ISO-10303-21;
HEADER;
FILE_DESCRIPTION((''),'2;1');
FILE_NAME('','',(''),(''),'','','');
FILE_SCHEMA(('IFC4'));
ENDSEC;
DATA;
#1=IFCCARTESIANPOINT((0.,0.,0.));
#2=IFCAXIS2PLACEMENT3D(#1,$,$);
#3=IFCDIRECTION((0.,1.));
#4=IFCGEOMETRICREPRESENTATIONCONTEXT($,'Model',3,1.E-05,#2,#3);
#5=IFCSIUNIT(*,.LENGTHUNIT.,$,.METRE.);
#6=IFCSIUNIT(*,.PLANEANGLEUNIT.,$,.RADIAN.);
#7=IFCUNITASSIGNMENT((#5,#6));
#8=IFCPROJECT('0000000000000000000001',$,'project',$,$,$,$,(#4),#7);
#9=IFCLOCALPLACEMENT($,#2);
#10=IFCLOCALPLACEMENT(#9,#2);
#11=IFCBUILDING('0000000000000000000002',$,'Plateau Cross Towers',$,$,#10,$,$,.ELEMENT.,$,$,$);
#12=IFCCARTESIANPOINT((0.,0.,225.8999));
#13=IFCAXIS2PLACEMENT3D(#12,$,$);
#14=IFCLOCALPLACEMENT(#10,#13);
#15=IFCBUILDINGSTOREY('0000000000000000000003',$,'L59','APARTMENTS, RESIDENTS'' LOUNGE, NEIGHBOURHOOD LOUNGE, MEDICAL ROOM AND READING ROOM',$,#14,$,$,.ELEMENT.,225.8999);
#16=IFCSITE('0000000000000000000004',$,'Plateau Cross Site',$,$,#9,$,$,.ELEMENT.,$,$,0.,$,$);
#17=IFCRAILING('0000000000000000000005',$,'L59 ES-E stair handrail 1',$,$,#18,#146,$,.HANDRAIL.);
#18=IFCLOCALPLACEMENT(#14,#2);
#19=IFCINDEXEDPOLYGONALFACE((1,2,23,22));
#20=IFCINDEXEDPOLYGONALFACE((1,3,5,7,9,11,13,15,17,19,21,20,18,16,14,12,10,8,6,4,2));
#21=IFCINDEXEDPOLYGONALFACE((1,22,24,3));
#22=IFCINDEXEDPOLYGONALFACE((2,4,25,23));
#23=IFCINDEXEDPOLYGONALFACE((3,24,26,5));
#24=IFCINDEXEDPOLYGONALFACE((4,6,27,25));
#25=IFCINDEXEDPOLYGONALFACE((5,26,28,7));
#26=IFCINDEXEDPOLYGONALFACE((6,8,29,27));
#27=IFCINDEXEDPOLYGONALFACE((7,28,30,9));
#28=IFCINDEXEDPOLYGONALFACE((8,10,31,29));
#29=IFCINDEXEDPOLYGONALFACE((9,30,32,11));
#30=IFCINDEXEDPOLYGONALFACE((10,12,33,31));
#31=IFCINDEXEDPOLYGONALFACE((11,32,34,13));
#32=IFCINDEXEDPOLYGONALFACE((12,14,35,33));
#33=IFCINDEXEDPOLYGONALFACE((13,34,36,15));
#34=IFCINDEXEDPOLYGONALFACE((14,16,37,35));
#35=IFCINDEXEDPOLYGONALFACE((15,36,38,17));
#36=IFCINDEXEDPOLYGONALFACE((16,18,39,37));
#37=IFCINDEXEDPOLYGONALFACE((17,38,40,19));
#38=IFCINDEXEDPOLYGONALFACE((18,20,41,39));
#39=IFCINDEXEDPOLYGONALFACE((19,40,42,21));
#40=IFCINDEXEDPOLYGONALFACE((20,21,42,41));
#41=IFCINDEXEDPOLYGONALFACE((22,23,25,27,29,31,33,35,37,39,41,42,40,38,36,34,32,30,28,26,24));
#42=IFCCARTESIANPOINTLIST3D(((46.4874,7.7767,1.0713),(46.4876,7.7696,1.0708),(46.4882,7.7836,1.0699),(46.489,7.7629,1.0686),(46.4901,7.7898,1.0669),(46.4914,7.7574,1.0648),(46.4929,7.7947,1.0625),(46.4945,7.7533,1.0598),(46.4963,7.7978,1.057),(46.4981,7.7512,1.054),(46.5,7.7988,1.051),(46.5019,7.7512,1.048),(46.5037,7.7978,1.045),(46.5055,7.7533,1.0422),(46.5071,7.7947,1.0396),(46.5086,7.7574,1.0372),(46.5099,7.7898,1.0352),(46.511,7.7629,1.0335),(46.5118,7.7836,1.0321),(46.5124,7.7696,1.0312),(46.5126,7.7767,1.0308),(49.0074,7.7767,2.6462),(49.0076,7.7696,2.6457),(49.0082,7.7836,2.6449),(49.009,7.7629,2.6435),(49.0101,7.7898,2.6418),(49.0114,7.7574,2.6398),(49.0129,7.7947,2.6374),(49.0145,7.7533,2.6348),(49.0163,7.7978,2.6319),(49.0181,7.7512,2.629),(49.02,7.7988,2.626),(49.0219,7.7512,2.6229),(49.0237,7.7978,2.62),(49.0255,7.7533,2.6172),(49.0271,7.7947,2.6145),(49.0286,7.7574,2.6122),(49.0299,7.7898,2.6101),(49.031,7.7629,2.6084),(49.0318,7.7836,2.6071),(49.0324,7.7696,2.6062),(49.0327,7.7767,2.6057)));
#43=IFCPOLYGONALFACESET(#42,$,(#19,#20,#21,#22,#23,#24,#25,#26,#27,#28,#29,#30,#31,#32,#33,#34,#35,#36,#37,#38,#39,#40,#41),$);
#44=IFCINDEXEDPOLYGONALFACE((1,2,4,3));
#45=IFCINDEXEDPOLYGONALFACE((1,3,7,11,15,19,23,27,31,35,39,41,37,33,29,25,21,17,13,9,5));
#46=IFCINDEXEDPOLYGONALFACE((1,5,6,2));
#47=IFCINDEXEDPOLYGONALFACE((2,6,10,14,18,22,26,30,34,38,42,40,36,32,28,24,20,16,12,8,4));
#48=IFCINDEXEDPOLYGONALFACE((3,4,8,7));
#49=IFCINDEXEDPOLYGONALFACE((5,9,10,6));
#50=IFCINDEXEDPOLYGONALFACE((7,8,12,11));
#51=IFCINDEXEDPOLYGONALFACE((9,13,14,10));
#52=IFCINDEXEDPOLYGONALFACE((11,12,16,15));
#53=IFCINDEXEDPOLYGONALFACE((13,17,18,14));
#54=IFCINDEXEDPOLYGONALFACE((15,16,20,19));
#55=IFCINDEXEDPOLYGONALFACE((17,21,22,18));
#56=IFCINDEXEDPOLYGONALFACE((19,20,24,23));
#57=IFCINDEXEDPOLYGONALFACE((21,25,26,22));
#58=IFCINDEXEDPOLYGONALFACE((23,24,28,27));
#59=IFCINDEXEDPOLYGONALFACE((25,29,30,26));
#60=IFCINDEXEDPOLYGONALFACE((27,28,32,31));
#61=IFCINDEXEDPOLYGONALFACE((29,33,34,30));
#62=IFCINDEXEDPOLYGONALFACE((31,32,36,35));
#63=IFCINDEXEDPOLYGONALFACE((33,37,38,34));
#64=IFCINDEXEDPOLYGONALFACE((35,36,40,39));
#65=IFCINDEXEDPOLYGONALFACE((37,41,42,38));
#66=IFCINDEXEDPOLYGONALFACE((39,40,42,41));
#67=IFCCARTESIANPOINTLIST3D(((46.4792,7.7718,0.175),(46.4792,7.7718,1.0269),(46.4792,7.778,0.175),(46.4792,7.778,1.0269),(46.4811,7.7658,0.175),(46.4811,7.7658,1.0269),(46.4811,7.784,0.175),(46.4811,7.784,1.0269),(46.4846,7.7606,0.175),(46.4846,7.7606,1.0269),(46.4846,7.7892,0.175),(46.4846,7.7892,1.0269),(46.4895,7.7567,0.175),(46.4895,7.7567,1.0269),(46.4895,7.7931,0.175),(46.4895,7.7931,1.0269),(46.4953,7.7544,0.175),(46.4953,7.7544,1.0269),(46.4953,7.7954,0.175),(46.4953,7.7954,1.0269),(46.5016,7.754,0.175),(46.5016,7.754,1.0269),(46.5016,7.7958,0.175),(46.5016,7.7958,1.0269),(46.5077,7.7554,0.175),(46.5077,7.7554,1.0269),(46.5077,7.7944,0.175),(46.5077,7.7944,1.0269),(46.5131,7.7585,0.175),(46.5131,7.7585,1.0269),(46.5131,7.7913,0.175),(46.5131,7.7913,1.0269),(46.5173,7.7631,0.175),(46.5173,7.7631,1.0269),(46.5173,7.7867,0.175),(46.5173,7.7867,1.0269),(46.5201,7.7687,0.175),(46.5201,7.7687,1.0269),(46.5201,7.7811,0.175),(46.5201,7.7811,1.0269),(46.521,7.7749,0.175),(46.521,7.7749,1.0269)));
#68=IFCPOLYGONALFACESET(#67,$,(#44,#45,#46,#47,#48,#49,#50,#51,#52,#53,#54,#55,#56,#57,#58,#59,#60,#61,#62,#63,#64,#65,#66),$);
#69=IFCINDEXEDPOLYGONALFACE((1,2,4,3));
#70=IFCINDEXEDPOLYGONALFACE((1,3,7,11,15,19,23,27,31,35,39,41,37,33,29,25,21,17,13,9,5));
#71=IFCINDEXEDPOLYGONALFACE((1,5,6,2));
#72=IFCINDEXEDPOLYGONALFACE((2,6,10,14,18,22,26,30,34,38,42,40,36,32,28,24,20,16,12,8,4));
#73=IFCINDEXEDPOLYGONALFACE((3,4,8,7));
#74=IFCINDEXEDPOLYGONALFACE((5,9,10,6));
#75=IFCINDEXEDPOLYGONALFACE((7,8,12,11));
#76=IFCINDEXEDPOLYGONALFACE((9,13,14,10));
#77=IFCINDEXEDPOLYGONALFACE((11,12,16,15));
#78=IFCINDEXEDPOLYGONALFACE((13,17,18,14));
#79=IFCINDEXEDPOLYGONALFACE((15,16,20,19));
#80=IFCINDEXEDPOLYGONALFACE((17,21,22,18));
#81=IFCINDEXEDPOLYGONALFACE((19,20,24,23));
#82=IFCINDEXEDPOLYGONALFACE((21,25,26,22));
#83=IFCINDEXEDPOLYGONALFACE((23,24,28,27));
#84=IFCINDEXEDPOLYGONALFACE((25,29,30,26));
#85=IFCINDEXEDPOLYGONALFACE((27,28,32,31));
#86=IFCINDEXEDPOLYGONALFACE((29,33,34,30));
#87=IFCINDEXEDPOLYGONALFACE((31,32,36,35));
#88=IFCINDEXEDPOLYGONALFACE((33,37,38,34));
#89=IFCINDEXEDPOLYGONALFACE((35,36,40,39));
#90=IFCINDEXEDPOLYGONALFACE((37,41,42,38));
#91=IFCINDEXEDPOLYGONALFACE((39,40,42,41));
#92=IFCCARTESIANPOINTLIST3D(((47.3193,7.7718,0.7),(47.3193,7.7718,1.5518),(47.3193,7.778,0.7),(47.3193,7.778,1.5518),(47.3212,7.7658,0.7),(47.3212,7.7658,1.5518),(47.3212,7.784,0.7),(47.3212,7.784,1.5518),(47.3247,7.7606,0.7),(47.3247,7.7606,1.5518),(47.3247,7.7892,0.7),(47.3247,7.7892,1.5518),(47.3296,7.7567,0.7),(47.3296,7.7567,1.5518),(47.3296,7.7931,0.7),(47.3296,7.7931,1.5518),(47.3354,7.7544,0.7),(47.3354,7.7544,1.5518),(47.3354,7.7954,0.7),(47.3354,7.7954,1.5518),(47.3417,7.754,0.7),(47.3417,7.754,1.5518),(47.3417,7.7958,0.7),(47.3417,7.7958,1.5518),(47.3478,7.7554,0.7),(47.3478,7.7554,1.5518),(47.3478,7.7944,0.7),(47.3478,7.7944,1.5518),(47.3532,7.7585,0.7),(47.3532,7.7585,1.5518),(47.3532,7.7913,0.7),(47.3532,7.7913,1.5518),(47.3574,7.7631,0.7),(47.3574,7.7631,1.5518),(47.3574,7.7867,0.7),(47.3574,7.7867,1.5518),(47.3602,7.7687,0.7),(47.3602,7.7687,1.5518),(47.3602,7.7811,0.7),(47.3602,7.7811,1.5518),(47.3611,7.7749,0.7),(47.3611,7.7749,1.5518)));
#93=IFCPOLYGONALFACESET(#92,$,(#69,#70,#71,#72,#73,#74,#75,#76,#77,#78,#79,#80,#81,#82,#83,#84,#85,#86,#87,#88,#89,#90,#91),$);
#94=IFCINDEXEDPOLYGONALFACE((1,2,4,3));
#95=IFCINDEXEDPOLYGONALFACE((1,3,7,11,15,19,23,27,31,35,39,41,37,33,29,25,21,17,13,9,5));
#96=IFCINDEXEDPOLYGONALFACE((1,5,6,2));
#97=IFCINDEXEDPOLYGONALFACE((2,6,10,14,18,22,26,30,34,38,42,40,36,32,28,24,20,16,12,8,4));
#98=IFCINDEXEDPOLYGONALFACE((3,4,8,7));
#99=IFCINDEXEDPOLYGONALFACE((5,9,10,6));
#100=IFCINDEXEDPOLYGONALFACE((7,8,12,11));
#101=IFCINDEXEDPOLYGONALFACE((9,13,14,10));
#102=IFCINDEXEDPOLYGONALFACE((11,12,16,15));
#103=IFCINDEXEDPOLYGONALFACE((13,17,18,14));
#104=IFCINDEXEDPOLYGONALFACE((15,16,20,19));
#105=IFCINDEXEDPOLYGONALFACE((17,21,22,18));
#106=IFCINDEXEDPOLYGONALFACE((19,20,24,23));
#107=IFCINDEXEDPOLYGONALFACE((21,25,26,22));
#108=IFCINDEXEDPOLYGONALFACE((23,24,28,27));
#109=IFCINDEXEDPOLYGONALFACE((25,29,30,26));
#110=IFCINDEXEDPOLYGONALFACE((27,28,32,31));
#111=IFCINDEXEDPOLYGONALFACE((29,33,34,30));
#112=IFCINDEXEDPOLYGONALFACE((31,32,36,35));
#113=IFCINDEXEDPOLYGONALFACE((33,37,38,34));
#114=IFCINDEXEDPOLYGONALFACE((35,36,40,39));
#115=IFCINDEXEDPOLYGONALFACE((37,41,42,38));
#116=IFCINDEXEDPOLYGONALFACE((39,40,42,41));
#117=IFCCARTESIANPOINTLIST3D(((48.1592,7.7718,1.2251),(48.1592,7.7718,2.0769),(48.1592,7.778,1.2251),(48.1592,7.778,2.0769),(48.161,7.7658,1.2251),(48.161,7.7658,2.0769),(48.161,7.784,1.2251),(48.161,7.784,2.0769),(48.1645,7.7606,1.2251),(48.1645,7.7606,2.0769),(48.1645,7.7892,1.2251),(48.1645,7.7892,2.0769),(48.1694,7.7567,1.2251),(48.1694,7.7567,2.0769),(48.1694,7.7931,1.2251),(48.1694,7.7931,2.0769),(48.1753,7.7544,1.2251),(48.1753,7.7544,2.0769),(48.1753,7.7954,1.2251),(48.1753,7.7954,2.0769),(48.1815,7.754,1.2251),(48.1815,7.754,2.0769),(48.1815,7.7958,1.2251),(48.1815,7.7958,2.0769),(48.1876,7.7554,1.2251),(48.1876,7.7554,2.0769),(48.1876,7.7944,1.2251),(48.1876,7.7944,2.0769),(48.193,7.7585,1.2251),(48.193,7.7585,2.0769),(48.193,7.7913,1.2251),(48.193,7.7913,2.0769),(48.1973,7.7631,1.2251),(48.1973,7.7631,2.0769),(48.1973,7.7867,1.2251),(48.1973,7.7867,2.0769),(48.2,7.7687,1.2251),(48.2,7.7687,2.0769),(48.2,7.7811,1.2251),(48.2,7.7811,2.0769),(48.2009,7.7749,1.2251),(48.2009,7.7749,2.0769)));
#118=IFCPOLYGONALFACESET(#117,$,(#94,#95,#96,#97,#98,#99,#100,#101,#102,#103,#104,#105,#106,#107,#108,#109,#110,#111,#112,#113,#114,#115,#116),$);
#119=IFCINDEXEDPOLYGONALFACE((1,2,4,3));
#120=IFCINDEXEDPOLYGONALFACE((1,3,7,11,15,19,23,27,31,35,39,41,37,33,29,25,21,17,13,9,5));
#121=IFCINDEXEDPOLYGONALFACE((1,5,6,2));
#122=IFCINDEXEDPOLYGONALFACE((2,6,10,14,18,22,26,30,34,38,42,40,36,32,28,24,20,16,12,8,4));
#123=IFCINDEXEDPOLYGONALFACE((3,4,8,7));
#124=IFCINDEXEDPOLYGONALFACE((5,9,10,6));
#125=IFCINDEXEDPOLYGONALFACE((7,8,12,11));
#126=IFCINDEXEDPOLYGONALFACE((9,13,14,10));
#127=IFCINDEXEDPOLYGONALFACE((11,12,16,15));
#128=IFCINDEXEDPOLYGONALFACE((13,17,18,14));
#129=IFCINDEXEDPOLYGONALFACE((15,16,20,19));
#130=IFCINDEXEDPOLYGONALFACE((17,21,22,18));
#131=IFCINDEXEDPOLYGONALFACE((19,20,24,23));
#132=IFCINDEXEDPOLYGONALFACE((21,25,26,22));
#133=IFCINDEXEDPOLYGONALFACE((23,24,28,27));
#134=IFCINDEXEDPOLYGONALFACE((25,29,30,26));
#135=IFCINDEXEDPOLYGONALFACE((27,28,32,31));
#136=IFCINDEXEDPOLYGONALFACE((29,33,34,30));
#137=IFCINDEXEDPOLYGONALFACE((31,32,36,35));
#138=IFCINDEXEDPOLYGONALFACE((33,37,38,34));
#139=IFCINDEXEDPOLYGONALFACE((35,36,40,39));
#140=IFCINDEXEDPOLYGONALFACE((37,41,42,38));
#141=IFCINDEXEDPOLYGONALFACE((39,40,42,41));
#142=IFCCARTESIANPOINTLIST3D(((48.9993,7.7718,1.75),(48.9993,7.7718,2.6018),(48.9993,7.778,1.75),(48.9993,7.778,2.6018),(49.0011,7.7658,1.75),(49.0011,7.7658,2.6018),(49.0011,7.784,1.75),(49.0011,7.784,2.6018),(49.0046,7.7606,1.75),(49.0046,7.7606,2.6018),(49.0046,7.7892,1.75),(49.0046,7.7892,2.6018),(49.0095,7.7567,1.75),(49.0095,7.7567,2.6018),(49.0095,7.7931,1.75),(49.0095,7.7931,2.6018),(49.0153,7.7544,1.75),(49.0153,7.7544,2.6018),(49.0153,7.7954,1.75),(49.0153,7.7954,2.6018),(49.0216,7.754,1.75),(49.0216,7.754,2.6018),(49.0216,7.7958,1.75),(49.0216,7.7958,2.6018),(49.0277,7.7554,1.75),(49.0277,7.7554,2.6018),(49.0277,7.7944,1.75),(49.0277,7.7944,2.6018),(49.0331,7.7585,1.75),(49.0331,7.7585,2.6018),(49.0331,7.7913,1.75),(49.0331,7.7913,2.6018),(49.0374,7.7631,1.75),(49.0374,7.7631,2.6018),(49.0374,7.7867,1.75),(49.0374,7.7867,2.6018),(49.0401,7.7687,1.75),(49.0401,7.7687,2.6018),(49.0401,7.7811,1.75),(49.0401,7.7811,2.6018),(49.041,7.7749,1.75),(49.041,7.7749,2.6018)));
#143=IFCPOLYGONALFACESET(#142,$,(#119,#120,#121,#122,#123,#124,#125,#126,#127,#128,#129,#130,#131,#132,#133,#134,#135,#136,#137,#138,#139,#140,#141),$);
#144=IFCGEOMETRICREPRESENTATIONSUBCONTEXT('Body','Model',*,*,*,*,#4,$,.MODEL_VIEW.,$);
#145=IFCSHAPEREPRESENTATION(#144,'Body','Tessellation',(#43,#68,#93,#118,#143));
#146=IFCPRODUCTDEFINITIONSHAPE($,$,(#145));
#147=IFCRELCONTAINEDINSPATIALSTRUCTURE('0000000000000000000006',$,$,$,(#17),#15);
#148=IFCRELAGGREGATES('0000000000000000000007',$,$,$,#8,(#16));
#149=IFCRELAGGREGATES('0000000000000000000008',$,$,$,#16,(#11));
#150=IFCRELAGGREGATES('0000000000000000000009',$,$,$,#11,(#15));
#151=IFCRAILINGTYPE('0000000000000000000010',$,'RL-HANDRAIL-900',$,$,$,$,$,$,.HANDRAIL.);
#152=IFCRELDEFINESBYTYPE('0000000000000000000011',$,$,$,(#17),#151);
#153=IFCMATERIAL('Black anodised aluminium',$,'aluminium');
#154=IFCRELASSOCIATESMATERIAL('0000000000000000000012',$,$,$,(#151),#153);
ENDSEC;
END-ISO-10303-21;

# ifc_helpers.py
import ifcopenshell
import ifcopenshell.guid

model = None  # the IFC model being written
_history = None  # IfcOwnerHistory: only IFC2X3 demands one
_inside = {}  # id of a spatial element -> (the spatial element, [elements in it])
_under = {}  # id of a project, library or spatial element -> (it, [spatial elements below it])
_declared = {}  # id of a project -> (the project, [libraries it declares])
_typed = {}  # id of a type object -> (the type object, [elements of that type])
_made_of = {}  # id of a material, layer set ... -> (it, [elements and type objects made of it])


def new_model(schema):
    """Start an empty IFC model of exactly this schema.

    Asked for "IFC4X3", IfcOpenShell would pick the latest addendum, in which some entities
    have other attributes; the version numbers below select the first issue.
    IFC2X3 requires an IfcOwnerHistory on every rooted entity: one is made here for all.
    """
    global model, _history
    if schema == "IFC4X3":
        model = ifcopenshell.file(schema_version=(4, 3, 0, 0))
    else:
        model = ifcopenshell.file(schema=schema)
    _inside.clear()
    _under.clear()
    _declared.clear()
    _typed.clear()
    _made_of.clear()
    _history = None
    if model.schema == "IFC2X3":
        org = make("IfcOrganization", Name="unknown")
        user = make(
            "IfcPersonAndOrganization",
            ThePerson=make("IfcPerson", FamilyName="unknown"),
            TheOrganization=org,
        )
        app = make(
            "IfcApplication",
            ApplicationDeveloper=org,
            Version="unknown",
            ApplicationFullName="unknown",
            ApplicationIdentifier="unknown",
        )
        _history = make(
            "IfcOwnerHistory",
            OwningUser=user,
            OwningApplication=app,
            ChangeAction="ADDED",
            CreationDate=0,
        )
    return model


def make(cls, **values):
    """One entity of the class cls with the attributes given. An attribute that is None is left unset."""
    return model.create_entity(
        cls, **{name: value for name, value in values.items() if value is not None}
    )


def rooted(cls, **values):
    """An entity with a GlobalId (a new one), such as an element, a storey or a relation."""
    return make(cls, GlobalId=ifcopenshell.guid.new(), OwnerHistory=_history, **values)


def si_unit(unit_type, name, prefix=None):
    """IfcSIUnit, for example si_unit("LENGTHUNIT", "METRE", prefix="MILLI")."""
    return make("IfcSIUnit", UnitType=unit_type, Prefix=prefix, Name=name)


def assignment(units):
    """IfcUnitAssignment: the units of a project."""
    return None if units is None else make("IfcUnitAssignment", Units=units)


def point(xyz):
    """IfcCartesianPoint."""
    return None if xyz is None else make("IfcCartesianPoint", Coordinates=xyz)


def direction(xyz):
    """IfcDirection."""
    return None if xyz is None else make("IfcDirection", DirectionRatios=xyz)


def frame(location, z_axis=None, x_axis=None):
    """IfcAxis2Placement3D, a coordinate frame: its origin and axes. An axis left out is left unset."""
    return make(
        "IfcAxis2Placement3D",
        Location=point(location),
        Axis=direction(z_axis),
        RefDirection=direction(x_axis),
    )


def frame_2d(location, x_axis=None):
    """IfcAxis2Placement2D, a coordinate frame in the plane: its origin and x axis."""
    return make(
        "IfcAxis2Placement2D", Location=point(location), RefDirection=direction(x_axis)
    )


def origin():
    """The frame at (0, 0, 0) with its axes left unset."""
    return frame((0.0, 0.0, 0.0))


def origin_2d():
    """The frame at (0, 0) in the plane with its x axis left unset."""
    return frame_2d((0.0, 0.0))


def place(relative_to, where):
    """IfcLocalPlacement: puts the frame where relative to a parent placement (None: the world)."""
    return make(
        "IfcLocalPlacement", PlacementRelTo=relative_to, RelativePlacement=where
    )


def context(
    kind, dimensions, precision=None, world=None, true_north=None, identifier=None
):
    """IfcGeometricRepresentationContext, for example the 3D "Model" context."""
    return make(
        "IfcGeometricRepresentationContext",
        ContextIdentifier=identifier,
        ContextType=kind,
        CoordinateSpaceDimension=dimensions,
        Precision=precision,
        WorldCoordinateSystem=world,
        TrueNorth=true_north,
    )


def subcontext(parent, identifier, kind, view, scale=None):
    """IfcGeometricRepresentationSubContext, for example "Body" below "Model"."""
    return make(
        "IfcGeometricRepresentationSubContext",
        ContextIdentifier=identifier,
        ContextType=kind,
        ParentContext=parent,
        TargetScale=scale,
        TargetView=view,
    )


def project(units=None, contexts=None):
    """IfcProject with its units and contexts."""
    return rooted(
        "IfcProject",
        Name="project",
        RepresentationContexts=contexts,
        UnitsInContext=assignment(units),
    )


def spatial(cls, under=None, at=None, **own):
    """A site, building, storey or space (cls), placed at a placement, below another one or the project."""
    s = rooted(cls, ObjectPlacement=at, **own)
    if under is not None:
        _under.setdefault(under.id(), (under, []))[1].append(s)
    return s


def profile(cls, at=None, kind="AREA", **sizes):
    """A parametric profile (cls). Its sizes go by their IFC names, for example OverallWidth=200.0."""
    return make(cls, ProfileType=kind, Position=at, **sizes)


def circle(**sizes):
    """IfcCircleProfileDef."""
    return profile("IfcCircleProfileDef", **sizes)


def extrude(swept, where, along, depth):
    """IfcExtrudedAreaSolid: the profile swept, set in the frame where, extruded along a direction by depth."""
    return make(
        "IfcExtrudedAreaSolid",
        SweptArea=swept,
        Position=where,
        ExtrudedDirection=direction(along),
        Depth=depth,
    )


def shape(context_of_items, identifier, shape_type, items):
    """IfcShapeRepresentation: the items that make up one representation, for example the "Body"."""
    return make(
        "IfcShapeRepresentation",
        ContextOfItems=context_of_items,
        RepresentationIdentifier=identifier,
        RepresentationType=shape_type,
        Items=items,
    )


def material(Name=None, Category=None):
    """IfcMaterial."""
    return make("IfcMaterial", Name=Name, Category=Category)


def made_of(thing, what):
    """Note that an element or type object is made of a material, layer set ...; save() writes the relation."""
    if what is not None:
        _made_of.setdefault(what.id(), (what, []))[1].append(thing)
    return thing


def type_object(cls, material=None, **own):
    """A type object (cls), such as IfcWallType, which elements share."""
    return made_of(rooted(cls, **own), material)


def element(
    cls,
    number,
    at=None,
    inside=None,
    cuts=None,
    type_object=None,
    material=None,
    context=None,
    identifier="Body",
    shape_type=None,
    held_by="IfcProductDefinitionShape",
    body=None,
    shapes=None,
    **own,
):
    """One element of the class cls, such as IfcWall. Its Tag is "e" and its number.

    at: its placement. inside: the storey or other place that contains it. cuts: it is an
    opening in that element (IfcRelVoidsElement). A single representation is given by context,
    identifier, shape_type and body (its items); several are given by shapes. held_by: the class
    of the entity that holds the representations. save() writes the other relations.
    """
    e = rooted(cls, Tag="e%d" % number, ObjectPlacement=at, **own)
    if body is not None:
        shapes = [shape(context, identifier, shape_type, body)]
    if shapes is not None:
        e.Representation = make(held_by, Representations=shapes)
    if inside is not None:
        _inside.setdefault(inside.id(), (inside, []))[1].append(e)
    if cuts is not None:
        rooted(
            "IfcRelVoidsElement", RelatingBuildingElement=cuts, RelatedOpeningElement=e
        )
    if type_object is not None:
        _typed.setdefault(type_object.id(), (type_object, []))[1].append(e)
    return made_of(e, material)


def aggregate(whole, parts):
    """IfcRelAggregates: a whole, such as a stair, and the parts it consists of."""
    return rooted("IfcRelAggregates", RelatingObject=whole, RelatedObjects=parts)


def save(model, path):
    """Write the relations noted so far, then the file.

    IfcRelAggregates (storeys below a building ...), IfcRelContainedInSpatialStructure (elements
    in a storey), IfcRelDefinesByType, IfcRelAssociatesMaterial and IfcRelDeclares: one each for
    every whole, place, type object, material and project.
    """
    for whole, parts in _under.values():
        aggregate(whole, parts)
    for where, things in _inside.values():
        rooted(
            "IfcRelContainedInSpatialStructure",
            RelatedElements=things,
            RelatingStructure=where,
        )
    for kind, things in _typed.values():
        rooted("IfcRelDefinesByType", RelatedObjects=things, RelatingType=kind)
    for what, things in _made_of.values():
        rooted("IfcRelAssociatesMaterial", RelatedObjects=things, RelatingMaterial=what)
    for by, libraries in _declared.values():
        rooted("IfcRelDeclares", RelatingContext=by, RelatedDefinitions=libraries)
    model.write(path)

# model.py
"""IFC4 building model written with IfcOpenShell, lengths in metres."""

from ifc_helpers import new_model, si_unit, direction, frame, origin, origin_2d, place, context, subcontext, project, spatial, circle, extrude, material, type_object, element, save


model = new_model("IFC4")

# Units and contexts
model_context = context("Model", 3, precision=1e-05, world=origin(), true_north=direction((0.0, 1.0)))
body_context = subcontext(model_context, "Body", "Model", "MODEL_VIEW")
ifc_project = project(units=[si_unit("LENGTHUNIT", "METRE"), si_unit("PLANEANGLEUNIT", "RADIAN")], contexts=[model_context])

# Site, building, storey
site_placement = place(None, origin())
site = spatial("IfcSite", under=ifc_project, at=site_placement, Name="Plateau Cross Site", CompositionType="ELEMENT", RefElevation=0.0)
building_placement = place(site_placement, origin())
building = spatial("IfcBuilding", under=site, at=building_placement, Name="Plateau Cross Towers", CompositionType="ELEMENT")
storey_placement = place(building_placement, frame((0.0, 0.0, 225.8999)))
storey = spatial("IfcBuildingStorey", under=building, at=storey_placement, Name="L59", Description="APARTMENTS, RESIDENTS' LOUNGE, NEIGHBOURHOOD LOUNGE, MEDICAL ROOM AND READING ROOM", CompositionType="ELEMENT", Elevation=225.8999)

# Shared definitions
ifc_material_1 = material(Name="Black anodised aluminium", Category="aluminium")

# Railing
railing_type_1 = type_object("IfcRailingType", Name="RL-HANDRAIL-900", PredefinedType="HANDRAIL", material=ifc_material_1)
railing_1_placement = place(storey_placement, frame((46.5, 7.7749, 0.175)))
element("IfcRailing", 1, at=railing_1_placement, inside=storey, type_object=railing_type_1, Name="L59 ES-E stair handrail 1", PredefinedType="HANDRAIL", context=body_context, shape_type="SweptSolid", body=[
    extrude(circle(Radius=0.0239, at=origin_2d()), frame((0.0, 0.0, 0.876), z_axis=(0.848008, 0.0, 0.529984), x_axis=(0.0, 1.0, 0.0)), (0.0, 0.0, 1.0), 2.9717),
    extrude(circle(Radius=0.021, at=origin_2d()), origin(), (0.0, 0.0, 1.0), 0.8518),
    extrude(circle(Radius=0.021, at=origin_2d()), frame((0.8401, 0.0, 0.5249)), (0.0, 0.0, 1.0), 0.8518),
    extrude(circle(Radius=0.021, at=origin_2d()), frame((1.6799, 0.0, 1.05)), (0.0, 0.0, 1.0), 0.8518),
    extrude(circle(Radius=0.021, at=origin_2d()), frame((2.52, 0.0, 1.575)), (0.0, 0.0, 1.0), 0.8518),
])

save(model, "model.ifc")
